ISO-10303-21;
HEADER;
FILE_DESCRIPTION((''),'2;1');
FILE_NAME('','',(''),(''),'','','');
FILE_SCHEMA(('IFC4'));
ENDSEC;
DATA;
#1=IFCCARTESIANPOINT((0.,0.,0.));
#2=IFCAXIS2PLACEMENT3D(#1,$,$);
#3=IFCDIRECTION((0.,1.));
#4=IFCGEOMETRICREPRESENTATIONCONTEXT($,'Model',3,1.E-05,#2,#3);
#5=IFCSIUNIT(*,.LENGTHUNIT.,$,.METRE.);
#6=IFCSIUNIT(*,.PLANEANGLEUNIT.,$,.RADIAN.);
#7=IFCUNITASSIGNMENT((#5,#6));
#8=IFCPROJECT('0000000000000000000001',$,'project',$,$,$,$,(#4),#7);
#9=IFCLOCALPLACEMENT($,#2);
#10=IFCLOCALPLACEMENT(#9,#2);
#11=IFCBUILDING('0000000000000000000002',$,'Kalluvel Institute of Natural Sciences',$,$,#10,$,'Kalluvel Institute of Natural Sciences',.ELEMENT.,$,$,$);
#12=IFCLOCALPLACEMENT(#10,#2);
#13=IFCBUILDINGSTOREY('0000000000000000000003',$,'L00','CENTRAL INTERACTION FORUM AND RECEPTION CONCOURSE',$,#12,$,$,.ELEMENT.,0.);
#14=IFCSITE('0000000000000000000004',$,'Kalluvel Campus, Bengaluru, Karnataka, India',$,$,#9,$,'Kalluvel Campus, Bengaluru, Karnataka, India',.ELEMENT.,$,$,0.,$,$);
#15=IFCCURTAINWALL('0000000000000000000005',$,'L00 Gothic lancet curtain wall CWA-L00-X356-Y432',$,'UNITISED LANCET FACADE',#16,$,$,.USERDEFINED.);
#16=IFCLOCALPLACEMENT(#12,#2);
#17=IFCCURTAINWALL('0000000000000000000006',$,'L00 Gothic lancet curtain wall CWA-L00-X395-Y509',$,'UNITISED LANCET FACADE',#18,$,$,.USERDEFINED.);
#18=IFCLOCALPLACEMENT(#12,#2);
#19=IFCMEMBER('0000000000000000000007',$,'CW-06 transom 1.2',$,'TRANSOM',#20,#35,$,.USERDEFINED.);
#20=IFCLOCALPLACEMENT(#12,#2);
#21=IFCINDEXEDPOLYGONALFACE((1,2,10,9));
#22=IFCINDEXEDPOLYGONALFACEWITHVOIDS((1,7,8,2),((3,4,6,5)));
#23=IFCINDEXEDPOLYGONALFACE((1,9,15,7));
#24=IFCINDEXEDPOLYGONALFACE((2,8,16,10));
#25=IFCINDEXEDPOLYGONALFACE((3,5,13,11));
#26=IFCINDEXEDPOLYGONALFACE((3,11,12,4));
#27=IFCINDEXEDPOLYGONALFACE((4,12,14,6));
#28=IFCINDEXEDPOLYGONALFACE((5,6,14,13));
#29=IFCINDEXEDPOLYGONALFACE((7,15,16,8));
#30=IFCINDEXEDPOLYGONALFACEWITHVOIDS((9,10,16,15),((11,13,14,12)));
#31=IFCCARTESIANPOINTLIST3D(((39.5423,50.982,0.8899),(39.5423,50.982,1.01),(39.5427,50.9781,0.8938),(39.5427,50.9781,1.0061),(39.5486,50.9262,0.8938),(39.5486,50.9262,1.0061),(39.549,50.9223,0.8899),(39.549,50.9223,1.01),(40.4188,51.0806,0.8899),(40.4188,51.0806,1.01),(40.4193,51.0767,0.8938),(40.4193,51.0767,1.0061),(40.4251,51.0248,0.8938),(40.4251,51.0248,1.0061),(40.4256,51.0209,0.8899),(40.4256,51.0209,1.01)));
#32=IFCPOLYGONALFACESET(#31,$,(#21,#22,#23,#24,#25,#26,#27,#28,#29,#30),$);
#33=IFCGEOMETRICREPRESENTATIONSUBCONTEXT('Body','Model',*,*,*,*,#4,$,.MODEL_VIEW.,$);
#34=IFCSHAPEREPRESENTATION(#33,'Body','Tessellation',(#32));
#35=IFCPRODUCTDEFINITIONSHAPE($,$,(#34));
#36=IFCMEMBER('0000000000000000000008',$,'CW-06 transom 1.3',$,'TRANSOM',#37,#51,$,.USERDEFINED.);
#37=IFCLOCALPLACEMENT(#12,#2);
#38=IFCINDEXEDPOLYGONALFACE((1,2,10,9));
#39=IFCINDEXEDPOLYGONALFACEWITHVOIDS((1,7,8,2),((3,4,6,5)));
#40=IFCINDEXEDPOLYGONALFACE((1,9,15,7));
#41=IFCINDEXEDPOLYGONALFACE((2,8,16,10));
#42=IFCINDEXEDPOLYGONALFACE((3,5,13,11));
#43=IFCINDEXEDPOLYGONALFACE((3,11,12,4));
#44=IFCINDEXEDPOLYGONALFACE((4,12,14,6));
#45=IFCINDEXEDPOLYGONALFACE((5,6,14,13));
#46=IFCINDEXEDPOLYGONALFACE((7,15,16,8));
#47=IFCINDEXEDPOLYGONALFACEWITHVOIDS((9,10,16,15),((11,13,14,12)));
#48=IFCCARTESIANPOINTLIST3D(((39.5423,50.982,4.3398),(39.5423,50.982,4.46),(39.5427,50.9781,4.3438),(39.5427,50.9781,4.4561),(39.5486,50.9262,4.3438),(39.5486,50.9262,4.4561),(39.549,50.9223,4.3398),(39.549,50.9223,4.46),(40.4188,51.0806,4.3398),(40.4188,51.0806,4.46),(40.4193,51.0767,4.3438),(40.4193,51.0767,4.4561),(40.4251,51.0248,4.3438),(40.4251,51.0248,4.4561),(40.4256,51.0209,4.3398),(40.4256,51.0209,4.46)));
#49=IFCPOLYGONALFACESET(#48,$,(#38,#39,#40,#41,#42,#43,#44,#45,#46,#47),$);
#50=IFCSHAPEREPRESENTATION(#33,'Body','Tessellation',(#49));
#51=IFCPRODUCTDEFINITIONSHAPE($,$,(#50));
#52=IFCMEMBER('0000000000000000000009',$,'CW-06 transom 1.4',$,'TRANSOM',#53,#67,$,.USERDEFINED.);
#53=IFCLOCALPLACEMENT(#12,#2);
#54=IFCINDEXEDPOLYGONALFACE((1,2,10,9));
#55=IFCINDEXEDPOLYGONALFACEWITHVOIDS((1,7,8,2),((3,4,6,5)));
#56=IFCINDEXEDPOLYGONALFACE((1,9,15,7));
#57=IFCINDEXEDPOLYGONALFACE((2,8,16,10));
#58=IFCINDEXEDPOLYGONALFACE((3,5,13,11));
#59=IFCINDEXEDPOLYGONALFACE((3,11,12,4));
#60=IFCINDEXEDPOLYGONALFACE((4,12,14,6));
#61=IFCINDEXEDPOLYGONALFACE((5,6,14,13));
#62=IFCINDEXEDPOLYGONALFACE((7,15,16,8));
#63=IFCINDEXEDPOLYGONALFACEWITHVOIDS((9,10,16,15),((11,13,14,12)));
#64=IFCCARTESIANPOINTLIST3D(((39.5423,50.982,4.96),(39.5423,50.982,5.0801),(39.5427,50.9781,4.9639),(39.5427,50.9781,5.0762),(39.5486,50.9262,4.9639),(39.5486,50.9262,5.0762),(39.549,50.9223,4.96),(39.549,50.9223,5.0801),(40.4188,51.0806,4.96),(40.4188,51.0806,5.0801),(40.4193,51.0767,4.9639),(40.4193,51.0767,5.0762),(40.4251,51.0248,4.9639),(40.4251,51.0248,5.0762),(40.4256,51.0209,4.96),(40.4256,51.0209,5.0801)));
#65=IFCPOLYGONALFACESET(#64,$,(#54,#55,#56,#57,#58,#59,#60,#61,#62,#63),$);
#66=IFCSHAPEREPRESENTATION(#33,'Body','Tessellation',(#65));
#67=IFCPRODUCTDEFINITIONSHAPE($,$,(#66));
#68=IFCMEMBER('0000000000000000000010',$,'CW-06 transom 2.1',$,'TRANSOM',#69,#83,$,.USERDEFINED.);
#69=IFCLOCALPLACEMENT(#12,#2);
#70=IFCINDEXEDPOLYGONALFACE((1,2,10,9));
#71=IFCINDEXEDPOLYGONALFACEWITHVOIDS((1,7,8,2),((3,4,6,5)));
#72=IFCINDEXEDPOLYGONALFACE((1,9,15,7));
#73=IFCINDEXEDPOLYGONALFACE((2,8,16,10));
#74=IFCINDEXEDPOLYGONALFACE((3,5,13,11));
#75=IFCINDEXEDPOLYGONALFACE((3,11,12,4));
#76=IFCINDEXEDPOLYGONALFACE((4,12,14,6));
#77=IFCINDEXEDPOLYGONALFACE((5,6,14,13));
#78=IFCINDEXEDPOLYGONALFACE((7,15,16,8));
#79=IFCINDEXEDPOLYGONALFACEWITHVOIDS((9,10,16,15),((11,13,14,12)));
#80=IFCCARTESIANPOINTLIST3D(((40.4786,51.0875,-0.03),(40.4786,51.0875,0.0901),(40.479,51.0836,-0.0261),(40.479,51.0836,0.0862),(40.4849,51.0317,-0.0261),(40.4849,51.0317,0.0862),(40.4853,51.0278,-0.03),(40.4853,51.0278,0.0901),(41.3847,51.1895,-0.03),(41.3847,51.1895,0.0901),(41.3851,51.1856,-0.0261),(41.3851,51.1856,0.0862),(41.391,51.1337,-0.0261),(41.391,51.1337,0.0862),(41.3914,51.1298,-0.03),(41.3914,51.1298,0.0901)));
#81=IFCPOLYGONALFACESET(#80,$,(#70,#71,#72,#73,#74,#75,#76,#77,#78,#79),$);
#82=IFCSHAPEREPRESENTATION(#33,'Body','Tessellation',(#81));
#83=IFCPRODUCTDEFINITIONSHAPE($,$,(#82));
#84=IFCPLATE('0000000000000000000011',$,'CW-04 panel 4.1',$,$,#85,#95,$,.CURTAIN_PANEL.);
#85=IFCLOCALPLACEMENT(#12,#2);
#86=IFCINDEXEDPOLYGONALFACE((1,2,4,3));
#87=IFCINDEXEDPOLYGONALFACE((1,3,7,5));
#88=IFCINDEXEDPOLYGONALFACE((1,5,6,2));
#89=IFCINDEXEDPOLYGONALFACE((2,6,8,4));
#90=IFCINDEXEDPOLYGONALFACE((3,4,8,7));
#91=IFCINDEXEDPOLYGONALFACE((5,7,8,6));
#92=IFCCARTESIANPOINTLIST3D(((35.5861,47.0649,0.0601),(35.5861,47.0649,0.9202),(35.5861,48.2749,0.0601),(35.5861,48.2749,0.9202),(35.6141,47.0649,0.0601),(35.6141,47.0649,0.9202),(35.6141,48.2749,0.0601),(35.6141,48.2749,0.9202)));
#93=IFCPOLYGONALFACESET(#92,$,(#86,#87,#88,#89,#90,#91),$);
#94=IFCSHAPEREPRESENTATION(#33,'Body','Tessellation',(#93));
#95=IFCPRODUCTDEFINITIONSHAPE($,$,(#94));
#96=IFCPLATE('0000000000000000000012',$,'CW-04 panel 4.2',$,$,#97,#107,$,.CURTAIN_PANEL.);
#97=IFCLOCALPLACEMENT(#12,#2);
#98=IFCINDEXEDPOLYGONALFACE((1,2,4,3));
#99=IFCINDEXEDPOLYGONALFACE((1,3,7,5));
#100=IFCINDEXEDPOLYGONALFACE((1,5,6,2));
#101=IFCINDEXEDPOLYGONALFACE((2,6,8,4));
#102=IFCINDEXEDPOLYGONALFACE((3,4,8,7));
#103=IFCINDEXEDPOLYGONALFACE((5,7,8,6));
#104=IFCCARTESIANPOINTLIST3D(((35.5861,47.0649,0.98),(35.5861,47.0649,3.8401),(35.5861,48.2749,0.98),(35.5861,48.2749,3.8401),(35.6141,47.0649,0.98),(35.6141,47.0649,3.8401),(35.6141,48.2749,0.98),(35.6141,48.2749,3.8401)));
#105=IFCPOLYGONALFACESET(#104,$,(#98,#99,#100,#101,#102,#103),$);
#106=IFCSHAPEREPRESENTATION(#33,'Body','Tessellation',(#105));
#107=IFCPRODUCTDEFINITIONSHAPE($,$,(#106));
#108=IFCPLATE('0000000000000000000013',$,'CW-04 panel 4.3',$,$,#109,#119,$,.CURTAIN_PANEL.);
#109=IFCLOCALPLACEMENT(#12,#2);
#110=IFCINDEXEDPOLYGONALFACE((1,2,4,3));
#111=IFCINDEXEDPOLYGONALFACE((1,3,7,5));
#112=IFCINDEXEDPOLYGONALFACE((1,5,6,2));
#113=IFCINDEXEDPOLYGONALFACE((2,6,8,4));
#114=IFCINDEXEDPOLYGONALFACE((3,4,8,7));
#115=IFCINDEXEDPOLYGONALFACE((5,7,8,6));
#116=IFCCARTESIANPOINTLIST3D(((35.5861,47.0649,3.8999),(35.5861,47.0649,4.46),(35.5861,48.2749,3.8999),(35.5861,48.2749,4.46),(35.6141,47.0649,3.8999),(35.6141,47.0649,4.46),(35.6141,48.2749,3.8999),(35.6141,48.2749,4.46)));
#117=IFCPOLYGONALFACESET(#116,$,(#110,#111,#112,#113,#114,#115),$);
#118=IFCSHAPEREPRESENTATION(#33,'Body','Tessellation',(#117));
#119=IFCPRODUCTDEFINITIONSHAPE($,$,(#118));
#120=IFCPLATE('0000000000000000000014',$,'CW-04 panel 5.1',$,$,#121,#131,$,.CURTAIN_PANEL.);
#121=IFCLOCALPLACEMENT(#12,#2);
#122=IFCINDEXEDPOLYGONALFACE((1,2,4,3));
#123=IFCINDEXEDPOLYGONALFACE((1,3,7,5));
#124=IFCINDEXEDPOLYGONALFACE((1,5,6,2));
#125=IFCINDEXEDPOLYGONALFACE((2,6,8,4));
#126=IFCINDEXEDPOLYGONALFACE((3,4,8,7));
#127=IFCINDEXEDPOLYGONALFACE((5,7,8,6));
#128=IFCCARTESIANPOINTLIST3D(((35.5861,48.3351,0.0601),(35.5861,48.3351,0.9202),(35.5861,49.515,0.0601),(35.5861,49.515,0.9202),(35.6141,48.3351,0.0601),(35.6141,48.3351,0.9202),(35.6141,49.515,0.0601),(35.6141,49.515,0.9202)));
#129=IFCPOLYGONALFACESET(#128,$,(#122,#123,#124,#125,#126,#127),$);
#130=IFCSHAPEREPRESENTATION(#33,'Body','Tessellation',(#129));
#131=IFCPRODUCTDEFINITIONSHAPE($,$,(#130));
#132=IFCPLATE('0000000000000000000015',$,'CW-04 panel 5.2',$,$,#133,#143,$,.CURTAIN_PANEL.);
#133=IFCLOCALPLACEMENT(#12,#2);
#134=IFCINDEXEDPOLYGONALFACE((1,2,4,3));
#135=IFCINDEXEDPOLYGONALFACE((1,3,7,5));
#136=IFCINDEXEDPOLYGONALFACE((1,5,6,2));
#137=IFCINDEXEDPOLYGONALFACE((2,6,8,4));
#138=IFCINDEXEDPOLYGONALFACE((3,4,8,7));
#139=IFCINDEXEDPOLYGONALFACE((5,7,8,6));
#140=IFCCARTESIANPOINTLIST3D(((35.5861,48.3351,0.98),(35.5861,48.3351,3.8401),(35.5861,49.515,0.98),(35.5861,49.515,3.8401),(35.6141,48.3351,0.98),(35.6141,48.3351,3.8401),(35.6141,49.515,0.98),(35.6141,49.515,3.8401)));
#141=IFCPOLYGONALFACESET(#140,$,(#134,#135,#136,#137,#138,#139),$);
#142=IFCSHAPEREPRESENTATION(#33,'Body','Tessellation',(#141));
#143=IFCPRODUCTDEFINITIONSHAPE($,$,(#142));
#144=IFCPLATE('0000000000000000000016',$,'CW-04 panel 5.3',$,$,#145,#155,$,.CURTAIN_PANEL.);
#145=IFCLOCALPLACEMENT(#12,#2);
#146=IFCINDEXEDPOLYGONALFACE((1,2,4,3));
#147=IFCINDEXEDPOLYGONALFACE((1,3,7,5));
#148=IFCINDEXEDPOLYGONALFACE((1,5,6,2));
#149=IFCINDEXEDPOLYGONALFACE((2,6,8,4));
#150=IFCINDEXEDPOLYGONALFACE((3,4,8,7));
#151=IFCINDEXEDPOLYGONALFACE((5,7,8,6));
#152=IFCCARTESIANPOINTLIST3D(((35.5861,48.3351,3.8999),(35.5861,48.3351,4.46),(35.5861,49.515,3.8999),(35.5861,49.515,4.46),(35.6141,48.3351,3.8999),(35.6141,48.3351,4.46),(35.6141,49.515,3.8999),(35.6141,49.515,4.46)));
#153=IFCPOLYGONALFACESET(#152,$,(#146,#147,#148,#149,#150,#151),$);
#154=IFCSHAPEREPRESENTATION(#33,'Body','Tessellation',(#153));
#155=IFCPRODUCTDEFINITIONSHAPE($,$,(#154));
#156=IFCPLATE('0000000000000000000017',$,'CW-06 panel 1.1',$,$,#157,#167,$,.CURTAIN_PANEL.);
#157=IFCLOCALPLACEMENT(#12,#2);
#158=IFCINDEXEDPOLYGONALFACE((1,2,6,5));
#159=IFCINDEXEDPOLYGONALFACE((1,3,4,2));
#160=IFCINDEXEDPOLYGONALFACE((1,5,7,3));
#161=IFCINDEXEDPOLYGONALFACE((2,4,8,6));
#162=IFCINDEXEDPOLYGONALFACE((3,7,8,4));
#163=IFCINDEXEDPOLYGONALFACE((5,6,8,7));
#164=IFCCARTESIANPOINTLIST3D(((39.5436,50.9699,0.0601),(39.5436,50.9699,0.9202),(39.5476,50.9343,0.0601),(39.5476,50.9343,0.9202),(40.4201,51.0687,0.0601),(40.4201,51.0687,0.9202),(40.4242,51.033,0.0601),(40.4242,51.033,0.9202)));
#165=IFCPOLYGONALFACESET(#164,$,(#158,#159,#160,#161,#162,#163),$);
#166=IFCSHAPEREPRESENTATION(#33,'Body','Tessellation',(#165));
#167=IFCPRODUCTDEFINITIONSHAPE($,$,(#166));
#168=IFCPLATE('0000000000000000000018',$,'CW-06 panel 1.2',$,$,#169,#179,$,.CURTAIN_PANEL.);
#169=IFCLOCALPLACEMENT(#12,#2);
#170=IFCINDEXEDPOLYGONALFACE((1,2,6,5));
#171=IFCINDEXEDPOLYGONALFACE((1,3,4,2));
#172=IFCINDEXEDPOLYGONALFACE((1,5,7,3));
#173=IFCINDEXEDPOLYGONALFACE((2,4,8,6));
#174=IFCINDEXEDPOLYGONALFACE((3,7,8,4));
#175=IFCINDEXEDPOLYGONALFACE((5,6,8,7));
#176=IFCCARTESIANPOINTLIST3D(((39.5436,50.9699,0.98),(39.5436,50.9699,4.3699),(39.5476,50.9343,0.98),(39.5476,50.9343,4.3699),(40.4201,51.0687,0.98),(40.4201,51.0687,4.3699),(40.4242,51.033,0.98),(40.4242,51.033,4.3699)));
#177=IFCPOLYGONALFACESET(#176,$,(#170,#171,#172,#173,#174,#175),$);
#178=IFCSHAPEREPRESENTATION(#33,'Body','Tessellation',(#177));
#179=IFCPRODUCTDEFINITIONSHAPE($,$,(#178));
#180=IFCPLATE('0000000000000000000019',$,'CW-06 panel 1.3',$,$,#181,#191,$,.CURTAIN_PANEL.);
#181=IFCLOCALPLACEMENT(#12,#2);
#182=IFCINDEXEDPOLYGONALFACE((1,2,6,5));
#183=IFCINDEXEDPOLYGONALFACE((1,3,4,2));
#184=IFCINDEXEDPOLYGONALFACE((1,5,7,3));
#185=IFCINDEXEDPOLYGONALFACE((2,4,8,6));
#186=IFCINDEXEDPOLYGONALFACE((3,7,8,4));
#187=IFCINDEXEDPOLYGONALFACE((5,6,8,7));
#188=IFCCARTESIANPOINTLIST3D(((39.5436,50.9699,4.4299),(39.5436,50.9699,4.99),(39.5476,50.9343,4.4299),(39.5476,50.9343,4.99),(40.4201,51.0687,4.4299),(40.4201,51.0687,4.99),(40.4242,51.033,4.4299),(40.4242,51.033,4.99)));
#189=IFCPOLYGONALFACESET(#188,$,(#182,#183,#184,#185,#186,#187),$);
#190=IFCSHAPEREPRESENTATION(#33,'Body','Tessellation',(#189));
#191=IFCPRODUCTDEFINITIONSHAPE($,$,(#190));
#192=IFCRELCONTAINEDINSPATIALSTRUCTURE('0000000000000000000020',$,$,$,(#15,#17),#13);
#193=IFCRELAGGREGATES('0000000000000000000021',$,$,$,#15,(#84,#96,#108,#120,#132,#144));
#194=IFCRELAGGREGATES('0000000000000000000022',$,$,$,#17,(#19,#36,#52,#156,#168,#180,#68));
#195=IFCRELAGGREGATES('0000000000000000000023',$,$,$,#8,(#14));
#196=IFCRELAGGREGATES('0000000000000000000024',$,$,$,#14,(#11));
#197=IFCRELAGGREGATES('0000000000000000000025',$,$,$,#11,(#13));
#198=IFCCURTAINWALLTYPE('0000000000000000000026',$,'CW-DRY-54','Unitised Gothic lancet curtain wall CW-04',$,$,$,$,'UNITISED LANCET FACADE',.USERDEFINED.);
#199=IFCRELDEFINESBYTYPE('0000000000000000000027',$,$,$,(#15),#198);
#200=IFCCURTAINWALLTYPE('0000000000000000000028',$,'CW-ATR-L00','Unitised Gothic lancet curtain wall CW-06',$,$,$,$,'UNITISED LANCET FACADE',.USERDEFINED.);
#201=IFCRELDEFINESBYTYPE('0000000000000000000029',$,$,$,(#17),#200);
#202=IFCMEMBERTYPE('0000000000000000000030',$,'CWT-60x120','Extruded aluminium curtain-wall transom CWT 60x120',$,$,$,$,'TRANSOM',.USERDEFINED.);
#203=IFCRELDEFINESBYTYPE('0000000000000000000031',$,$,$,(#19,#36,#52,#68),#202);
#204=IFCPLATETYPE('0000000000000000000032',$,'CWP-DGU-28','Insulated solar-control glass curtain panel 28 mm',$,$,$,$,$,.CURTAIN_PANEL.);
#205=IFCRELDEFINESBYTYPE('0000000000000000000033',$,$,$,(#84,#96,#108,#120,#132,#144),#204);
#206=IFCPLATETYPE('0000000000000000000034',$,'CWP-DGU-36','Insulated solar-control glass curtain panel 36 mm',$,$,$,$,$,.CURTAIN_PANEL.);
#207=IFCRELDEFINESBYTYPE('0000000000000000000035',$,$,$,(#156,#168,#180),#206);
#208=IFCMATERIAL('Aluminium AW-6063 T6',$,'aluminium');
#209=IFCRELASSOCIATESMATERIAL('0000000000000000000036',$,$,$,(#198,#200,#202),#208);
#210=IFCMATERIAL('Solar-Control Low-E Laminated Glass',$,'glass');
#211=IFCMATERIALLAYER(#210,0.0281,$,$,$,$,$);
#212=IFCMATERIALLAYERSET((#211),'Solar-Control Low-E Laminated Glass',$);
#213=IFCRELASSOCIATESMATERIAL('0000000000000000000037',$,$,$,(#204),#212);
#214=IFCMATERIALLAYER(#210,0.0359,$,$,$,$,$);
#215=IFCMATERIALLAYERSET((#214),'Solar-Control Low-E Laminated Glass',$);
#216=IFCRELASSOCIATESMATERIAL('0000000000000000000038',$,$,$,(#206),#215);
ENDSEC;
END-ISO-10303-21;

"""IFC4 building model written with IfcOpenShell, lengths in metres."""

from ifc_helpers import new_model, si_unit, direction, frame, origin, origin_2d, place, context, subcontext, project, spatial, rectangle, hollow_rectangle, extrude, material, layer, layer_set, material_profile, profile_set, type_object, element, aggregate, save


model = new_model("IFC4")

# Units and contexts
model_context = context("Model", 3, precision=1e-05, world=origin(), true_north=direction((0.0, 1.0)))
body_context = subcontext(model_context, "Body", "Model", "MODEL_VIEW")
ifc_project = project(units=[si_unit("LENGTHUNIT", "METRE"), si_unit("PLANEANGLEUNIT", "RADIAN")], contexts=[model_context])

# Site, building, storey
site_placement = place(None, origin())
site = spatial("IfcSite", under=ifc_project, at=site_placement, Name="Kalluvel Campus, Bengaluru, Karnataka, India", LongName="Kalluvel Campus, Bengaluru, Karnataka, India", CompositionType="ELEMENT", RefElevation=0.0)
building_placement = place(site_placement, origin())
building = spatial("IfcBuilding", under=site, at=building_placement, Name="Kalluvel Institute of Natural Sciences", LongName="Kalluvel Institute of Natural Sciences", CompositionType="ELEMENT")
storey_placement = place(building_placement, origin())
storey = spatial("IfcBuildingStorey", under=building, at=storey_placement, Name="L00", Description="CENTRAL INTERACTION FORUM AND RECEPTION CONCOURSE", CompositionType="ELEMENT", Elevation=0.0)

# Curtain walls
ifc_material_1 = material(Name="Aluminium AW-6063 T6", Category="aluminium")
curtain_wall_type_1 = type_object("IfcCurtainWallType", Name="CW-DRY-54", Description="Unitised Gothic lancet curtain wall CW-04", ElementType="UNITISED LANCET FACADE", PredefinedType="USERDEFINED", material=ifc_material_1)
curtain_wall_1_placement = place(storey_placement, origin())
curtain_wall_1 = element("IfcCurtainWall", 1, at=curtain_wall_1_placement, inside=storey, type_object=curtain_wall_type_1, Name="L00 Gothic lancet curtain wall CWA-L00-X356-Y432", ObjectType="UNITISED LANCET FACADE", PredefinedType="USERDEFINED")
curtain_wall_type_2 = type_object("IfcCurtainWallType", Name="CW-ATR-L00", Description="Unitised Gothic lancet curtain wall CW-06", ElementType="UNITISED LANCET FACADE", PredefinedType="USERDEFINED", material=ifc_material_1)
curtain_wall_2_placement = place(storey_placement, origin())
curtain_wall_2 = element("IfcCurtainWall", 2, at=curtain_wall_2_placement, inside=storey, type_object=curtain_wall_type_2, Name="L00 Gothic lancet curtain wall CWA-L00-X395-Y509", ObjectType="UNITISED LANCET FACADE", PredefinedType="USERDEFINED")

# Members
ifc_material_profile_1 = material_profile(ifc_material_1, hollow_rectangle(XDim=0.0601, YDim=0.1201, WallThickness=0.0039, at=origin_2d()), Name="CWT 60x120")
ifc_profile_set_1 = profile_set([ifc_material_profile_1], Name="Aluminium AW-6063 T6")
member_type_1 = type_object("IfcMemberType", Name="CWT-60x120", Description="Extruded aluminium curtain-wall transom CWT 60x120", ElementType="TRANSOM", PredefinedType="USERDEFINED", material=ifc_profile_set_1)
member_1_placement = place(storey_placement, frame((39.5457, 50.9521, 0.95), z_axis=(0.993727, 0.111829, 0.0), x_axis=(-0.111829, 0.993727, 0.0)))
member_1 = element("IfcMember", 3, at=member_1_placement, type_object=member_type_1, Name="CW-06 transom 1.2", ObjectType="TRANSOM", PredefinedType="USERDEFINED", context=body_context, shape_type="SweptSolid", body=[
    extrude(hollow_rectangle(XDim=0.0601, YDim=0.1201, WallThickness=0.0039, at=origin_2d()), origin(), (0.0, 0.0, 1.0), 0.8821),
])
member_2_placement = place(storey_placement, frame((39.5457, 50.9521, 4.3999), z_axis=(0.993727, 0.111829, 0.0), x_axis=(-0.111829, 0.993727, 0.0)))
member_2 = element("IfcMember", 4, at=member_2_placement, type_object=member_type_1, Name="CW-06 transom 1.3", ObjectType="TRANSOM", PredefinedType="USERDEFINED", context=body_context, shape_type="SweptSolid", body=[
    extrude(hollow_rectangle(XDim=0.0601, YDim=0.1201, WallThickness=0.0039, at=origin_2d()), origin(), (0.0, 0.0, 1.0), 0.8821),
])
member_3_placement = place(storey_placement, frame((39.5457, 50.9521, 5.02), z_axis=(0.993727, 0.111829, 0.0), x_axis=(-0.111829, 0.993727, 0.0)))
member_3 = element("IfcMember", 5, at=member_3_placement, type_object=member_type_1, Name="CW-06 transom 1.4", ObjectType="TRANSOM", PredefinedType="USERDEFINED", context=body_context, shape_type="SweptSolid", body=[
    extrude(hollow_rectangle(XDim=0.0601, YDim=0.1201, WallThickness=0.0039, at=origin_2d()), origin(), (0.0, 0.0, 1.0), 0.8821),
])
member_4_placement = place(storey_placement, frame((40.4819, 51.0576, 0.03), z_axis=(0.993719, 0.111901, 0.0), x_axis=(-0.111901, 0.993719, 0.0)))
member_4 = element("IfcMember", 6, at=member_4_placement, type_object=member_type_1, Name="CW-06 transom 2.1", ObjectType="TRANSOM", PredefinedType="USERDEFINED", context=body_context, shape_type="SweptSolid", body=[
    extrude(hollow_rectangle(XDim=0.0601, YDim=0.1201, WallThickness=0.0039, at=origin_2d()), origin(), (0.0, 0.0, 1.0), 0.9119),
])

# Plates
ifc_material_2 = material(Name="Solar-Control Low-E Laminated Glass", Category="glass")
ifc_layer_1 = layer(ifc_material_2, 0.0281)
ifc_layer_set_1 = layer_set([ifc_layer_1], Name="Solar-Control Low-E Laminated Glass")
plate_type_1 = type_object("IfcPlateType", Name="CWP-DGU-28", Description="Insulated solar-control glass curtain panel 28 mm", PredefinedType="CURTAIN_PANEL", material=ifc_layer_set_1)
plate_1_placement = place(storey_placement, frame((35.6001, 47.6699, 0.0601), z_axis=(0.0, 0.0, 1.0), x_axis=(0.0, 1.0, 0.0)))
plate_1 = element("IfcPlate", 7, at=plate_1_placement, type_object=plate_type_1, Name="CW-04 panel 4.1", PredefinedType="CURTAIN_PANEL", context=body_context, shape_type="SweptSolid", body=[
    extrude(rectangle(XDim=1.21, YDim=0.0281, at=origin_2d()), origin(), (0.0, 0.0, 1.0), 0.8601),
])
plate_2_placement = place(storey_placement, frame((35.6001, 47.6699, 0.98), z_axis=(0.0, 0.0, 1.0), x_axis=(0.0, 1.0, 0.0)))
plate_2 = element("IfcPlate", 8, at=plate_2_placement, type_object=plate_type_1, Name="CW-04 panel 4.2", PredefinedType="CURTAIN_PANEL", context=body_context, shape_type="SweptSolid", body=[
    extrude(rectangle(XDim=1.21, YDim=0.0281, at=origin_2d()), origin(), (0.0, 0.0, 1.0), 2.8601),
])
plate_3_placement = place(storey_placement, frame((35.6001, 47.6699, 3.8999), z_axis=(0.0, 0.0, 1.0), x_axis=(0.0, 1.0, 0.0)))
plate_3 = element("IfcPlate", 9, at=plate_3_placement, type_object=plate_type_1, Name="CW-04 panel 4.3", PredefinedType="CURTAIN_PANEL", context=body_context, shape_type="SweptSolid", body=[
    extrude(rectangle(XDim=1.21, YDim=0.0281, at=origin_2d()), origin(), (0.0, 0.0, 1.0), 0.5601),
])
plate_4_placement = place(storey_placement, frame((35.6001, 48.925, 0.0601), z_axis=(0.0, 0.0, 1.0), x_axis=(0.0, 1.0, 0.0)))
plate_4 = element("IfcPlate", 10, at=plate_4_placement, type_object=plate_type_1, Name="CW-04 panel 5.1", PredefinedType="CURTAIN_PANEL", context=body_context, shape_type="SweptSolid", body=[
    extrude(rectangle(XDim=1.1799, YDim=0.0281, at=origin_2d()), origin(), (0.0, 0.0, 1.0), 0.8601),
])
plate_5_placement = place(storey_placement, frame((35.6001, 48.925, 0.98), z_axis=(0.0, 0.0, 1.0), x_axis=(0.0, 1.0, 0.0)))
plate_5 = element("IfcPlate", 11, at=plate_5_placement, type_object=plate_type_1, Name="CW-04 panel 5.2", PredefinedType="CURTAIN_PANEL", context=body_context, shape_type="SweptSolid", body=[
    extrude(rectangle(XDim=1.1799, YDim=0.0281, at=origin_2d()), origin(), (0.0, 0.0, 1.0), 2.8601),
])
plate_6_placement = place(storey_placement, frame((35.6001, 48.925, 3.8999), z_axis=(0.0, 0.0, 1.0), x_axis=(0.0, 1.0, 0.0)))
plate_6 = element("IfcPlate", 12, at=plate_6_placement, type_object=plate_type_1, Name="CW-04 panel 5.3", PredefinedType="CURTAIN_PANEL", context=body_context, shape_type="SweptSolid", body=[
    extrude(rectangle(XDim=1.1799, YDim=0.0281, at=origin_2d()), origin(), (0.0, 0.0, 1.0), 0.5601),
])
aggregate(curtain_wall_1, [plate_1, plate_2, plate_3, plate_4, plate_5, plate_6])
ifc_layer_2 = layer(ifc_material_2, 0.0359)
ifc_layer_set_2 = layer_set([ifc_layer_2], Name="Solar-Control Low-E Laminated Glass")
plate_type_2 = type_object("IfcPlateType", Name="CWP-DGU-36", Description="Insulated solar-control glass curtain panel 36 mm", PredefinedType="CURTAIN_PANEL", material=ifc_layer_set_2)
plate_7_placement = place(storey_placement, frame((39.9839, 51.0015, 0.0601), z_axis=(0.0, 0.0, 1.0), x_axis=(0.993712, 0.111967, 0.0)))
plate_7 = element("IfcPlate", 13, at=plate_7_placement, type_object=plate_type_2, Name="CW-06 panel 1.1", PredefinedType="CURTAIN_PANEL", context=body_context, shape_type="SweptSolid", body=[
    extrude(rectangle(XDim=0.8821, YDim=0.0359, at=origin_2d()), origin(), (0.0, 0.0, 1.0), 0.8601),
])
plate_8_placement = place(storey_placement, frame((39.9839, 51.0015, 0.98), z_axis=(0.0, 0.0, 1.0), x_axis=(0.993712, 0.111967, 0.0)))
plate_8 = element("IfcPlate", 14, at=plate_8_placement, type_object=plate_type_2, Name="CW-06 panel 1.2", PredefinedType="CURTAIN_PANEL", context=body_context, shape_type="SweptSolid", body=[
    extrude(rectangle(XDim=0.8821, YDim=0.0359, at=origin_2d()), origin(), (0.0, 0.0, 1.0), 3.3899),
])
plate_9_placement = place(storey_placement, frame((39.9839, 51.0015, 4.4299), z_axis=(0.0, 0.0, 1.0), x_axis=(0.993712, 0.111967, 0.0)))
plate_9 = element("IfcPlate", 15, at=plate_9_placement, type_object=plate_type_2, Name="CW-06 panel 1.3", PredefinedType="CURTAIN_PANEL", context=body_context, shape_type="SweptSolid", body=[
    extrude(rectangle(XDim=0.8821, YDim=0.0359, at=origin_2d()), origin(), (0.0, 0.0, 1.0), 0.5601),
])
aggregate(curtain_wall_2, [member_1, member_2, member_3, plate_7, plate_8, plate_9, member_4])

save(model, "model.ifc")
